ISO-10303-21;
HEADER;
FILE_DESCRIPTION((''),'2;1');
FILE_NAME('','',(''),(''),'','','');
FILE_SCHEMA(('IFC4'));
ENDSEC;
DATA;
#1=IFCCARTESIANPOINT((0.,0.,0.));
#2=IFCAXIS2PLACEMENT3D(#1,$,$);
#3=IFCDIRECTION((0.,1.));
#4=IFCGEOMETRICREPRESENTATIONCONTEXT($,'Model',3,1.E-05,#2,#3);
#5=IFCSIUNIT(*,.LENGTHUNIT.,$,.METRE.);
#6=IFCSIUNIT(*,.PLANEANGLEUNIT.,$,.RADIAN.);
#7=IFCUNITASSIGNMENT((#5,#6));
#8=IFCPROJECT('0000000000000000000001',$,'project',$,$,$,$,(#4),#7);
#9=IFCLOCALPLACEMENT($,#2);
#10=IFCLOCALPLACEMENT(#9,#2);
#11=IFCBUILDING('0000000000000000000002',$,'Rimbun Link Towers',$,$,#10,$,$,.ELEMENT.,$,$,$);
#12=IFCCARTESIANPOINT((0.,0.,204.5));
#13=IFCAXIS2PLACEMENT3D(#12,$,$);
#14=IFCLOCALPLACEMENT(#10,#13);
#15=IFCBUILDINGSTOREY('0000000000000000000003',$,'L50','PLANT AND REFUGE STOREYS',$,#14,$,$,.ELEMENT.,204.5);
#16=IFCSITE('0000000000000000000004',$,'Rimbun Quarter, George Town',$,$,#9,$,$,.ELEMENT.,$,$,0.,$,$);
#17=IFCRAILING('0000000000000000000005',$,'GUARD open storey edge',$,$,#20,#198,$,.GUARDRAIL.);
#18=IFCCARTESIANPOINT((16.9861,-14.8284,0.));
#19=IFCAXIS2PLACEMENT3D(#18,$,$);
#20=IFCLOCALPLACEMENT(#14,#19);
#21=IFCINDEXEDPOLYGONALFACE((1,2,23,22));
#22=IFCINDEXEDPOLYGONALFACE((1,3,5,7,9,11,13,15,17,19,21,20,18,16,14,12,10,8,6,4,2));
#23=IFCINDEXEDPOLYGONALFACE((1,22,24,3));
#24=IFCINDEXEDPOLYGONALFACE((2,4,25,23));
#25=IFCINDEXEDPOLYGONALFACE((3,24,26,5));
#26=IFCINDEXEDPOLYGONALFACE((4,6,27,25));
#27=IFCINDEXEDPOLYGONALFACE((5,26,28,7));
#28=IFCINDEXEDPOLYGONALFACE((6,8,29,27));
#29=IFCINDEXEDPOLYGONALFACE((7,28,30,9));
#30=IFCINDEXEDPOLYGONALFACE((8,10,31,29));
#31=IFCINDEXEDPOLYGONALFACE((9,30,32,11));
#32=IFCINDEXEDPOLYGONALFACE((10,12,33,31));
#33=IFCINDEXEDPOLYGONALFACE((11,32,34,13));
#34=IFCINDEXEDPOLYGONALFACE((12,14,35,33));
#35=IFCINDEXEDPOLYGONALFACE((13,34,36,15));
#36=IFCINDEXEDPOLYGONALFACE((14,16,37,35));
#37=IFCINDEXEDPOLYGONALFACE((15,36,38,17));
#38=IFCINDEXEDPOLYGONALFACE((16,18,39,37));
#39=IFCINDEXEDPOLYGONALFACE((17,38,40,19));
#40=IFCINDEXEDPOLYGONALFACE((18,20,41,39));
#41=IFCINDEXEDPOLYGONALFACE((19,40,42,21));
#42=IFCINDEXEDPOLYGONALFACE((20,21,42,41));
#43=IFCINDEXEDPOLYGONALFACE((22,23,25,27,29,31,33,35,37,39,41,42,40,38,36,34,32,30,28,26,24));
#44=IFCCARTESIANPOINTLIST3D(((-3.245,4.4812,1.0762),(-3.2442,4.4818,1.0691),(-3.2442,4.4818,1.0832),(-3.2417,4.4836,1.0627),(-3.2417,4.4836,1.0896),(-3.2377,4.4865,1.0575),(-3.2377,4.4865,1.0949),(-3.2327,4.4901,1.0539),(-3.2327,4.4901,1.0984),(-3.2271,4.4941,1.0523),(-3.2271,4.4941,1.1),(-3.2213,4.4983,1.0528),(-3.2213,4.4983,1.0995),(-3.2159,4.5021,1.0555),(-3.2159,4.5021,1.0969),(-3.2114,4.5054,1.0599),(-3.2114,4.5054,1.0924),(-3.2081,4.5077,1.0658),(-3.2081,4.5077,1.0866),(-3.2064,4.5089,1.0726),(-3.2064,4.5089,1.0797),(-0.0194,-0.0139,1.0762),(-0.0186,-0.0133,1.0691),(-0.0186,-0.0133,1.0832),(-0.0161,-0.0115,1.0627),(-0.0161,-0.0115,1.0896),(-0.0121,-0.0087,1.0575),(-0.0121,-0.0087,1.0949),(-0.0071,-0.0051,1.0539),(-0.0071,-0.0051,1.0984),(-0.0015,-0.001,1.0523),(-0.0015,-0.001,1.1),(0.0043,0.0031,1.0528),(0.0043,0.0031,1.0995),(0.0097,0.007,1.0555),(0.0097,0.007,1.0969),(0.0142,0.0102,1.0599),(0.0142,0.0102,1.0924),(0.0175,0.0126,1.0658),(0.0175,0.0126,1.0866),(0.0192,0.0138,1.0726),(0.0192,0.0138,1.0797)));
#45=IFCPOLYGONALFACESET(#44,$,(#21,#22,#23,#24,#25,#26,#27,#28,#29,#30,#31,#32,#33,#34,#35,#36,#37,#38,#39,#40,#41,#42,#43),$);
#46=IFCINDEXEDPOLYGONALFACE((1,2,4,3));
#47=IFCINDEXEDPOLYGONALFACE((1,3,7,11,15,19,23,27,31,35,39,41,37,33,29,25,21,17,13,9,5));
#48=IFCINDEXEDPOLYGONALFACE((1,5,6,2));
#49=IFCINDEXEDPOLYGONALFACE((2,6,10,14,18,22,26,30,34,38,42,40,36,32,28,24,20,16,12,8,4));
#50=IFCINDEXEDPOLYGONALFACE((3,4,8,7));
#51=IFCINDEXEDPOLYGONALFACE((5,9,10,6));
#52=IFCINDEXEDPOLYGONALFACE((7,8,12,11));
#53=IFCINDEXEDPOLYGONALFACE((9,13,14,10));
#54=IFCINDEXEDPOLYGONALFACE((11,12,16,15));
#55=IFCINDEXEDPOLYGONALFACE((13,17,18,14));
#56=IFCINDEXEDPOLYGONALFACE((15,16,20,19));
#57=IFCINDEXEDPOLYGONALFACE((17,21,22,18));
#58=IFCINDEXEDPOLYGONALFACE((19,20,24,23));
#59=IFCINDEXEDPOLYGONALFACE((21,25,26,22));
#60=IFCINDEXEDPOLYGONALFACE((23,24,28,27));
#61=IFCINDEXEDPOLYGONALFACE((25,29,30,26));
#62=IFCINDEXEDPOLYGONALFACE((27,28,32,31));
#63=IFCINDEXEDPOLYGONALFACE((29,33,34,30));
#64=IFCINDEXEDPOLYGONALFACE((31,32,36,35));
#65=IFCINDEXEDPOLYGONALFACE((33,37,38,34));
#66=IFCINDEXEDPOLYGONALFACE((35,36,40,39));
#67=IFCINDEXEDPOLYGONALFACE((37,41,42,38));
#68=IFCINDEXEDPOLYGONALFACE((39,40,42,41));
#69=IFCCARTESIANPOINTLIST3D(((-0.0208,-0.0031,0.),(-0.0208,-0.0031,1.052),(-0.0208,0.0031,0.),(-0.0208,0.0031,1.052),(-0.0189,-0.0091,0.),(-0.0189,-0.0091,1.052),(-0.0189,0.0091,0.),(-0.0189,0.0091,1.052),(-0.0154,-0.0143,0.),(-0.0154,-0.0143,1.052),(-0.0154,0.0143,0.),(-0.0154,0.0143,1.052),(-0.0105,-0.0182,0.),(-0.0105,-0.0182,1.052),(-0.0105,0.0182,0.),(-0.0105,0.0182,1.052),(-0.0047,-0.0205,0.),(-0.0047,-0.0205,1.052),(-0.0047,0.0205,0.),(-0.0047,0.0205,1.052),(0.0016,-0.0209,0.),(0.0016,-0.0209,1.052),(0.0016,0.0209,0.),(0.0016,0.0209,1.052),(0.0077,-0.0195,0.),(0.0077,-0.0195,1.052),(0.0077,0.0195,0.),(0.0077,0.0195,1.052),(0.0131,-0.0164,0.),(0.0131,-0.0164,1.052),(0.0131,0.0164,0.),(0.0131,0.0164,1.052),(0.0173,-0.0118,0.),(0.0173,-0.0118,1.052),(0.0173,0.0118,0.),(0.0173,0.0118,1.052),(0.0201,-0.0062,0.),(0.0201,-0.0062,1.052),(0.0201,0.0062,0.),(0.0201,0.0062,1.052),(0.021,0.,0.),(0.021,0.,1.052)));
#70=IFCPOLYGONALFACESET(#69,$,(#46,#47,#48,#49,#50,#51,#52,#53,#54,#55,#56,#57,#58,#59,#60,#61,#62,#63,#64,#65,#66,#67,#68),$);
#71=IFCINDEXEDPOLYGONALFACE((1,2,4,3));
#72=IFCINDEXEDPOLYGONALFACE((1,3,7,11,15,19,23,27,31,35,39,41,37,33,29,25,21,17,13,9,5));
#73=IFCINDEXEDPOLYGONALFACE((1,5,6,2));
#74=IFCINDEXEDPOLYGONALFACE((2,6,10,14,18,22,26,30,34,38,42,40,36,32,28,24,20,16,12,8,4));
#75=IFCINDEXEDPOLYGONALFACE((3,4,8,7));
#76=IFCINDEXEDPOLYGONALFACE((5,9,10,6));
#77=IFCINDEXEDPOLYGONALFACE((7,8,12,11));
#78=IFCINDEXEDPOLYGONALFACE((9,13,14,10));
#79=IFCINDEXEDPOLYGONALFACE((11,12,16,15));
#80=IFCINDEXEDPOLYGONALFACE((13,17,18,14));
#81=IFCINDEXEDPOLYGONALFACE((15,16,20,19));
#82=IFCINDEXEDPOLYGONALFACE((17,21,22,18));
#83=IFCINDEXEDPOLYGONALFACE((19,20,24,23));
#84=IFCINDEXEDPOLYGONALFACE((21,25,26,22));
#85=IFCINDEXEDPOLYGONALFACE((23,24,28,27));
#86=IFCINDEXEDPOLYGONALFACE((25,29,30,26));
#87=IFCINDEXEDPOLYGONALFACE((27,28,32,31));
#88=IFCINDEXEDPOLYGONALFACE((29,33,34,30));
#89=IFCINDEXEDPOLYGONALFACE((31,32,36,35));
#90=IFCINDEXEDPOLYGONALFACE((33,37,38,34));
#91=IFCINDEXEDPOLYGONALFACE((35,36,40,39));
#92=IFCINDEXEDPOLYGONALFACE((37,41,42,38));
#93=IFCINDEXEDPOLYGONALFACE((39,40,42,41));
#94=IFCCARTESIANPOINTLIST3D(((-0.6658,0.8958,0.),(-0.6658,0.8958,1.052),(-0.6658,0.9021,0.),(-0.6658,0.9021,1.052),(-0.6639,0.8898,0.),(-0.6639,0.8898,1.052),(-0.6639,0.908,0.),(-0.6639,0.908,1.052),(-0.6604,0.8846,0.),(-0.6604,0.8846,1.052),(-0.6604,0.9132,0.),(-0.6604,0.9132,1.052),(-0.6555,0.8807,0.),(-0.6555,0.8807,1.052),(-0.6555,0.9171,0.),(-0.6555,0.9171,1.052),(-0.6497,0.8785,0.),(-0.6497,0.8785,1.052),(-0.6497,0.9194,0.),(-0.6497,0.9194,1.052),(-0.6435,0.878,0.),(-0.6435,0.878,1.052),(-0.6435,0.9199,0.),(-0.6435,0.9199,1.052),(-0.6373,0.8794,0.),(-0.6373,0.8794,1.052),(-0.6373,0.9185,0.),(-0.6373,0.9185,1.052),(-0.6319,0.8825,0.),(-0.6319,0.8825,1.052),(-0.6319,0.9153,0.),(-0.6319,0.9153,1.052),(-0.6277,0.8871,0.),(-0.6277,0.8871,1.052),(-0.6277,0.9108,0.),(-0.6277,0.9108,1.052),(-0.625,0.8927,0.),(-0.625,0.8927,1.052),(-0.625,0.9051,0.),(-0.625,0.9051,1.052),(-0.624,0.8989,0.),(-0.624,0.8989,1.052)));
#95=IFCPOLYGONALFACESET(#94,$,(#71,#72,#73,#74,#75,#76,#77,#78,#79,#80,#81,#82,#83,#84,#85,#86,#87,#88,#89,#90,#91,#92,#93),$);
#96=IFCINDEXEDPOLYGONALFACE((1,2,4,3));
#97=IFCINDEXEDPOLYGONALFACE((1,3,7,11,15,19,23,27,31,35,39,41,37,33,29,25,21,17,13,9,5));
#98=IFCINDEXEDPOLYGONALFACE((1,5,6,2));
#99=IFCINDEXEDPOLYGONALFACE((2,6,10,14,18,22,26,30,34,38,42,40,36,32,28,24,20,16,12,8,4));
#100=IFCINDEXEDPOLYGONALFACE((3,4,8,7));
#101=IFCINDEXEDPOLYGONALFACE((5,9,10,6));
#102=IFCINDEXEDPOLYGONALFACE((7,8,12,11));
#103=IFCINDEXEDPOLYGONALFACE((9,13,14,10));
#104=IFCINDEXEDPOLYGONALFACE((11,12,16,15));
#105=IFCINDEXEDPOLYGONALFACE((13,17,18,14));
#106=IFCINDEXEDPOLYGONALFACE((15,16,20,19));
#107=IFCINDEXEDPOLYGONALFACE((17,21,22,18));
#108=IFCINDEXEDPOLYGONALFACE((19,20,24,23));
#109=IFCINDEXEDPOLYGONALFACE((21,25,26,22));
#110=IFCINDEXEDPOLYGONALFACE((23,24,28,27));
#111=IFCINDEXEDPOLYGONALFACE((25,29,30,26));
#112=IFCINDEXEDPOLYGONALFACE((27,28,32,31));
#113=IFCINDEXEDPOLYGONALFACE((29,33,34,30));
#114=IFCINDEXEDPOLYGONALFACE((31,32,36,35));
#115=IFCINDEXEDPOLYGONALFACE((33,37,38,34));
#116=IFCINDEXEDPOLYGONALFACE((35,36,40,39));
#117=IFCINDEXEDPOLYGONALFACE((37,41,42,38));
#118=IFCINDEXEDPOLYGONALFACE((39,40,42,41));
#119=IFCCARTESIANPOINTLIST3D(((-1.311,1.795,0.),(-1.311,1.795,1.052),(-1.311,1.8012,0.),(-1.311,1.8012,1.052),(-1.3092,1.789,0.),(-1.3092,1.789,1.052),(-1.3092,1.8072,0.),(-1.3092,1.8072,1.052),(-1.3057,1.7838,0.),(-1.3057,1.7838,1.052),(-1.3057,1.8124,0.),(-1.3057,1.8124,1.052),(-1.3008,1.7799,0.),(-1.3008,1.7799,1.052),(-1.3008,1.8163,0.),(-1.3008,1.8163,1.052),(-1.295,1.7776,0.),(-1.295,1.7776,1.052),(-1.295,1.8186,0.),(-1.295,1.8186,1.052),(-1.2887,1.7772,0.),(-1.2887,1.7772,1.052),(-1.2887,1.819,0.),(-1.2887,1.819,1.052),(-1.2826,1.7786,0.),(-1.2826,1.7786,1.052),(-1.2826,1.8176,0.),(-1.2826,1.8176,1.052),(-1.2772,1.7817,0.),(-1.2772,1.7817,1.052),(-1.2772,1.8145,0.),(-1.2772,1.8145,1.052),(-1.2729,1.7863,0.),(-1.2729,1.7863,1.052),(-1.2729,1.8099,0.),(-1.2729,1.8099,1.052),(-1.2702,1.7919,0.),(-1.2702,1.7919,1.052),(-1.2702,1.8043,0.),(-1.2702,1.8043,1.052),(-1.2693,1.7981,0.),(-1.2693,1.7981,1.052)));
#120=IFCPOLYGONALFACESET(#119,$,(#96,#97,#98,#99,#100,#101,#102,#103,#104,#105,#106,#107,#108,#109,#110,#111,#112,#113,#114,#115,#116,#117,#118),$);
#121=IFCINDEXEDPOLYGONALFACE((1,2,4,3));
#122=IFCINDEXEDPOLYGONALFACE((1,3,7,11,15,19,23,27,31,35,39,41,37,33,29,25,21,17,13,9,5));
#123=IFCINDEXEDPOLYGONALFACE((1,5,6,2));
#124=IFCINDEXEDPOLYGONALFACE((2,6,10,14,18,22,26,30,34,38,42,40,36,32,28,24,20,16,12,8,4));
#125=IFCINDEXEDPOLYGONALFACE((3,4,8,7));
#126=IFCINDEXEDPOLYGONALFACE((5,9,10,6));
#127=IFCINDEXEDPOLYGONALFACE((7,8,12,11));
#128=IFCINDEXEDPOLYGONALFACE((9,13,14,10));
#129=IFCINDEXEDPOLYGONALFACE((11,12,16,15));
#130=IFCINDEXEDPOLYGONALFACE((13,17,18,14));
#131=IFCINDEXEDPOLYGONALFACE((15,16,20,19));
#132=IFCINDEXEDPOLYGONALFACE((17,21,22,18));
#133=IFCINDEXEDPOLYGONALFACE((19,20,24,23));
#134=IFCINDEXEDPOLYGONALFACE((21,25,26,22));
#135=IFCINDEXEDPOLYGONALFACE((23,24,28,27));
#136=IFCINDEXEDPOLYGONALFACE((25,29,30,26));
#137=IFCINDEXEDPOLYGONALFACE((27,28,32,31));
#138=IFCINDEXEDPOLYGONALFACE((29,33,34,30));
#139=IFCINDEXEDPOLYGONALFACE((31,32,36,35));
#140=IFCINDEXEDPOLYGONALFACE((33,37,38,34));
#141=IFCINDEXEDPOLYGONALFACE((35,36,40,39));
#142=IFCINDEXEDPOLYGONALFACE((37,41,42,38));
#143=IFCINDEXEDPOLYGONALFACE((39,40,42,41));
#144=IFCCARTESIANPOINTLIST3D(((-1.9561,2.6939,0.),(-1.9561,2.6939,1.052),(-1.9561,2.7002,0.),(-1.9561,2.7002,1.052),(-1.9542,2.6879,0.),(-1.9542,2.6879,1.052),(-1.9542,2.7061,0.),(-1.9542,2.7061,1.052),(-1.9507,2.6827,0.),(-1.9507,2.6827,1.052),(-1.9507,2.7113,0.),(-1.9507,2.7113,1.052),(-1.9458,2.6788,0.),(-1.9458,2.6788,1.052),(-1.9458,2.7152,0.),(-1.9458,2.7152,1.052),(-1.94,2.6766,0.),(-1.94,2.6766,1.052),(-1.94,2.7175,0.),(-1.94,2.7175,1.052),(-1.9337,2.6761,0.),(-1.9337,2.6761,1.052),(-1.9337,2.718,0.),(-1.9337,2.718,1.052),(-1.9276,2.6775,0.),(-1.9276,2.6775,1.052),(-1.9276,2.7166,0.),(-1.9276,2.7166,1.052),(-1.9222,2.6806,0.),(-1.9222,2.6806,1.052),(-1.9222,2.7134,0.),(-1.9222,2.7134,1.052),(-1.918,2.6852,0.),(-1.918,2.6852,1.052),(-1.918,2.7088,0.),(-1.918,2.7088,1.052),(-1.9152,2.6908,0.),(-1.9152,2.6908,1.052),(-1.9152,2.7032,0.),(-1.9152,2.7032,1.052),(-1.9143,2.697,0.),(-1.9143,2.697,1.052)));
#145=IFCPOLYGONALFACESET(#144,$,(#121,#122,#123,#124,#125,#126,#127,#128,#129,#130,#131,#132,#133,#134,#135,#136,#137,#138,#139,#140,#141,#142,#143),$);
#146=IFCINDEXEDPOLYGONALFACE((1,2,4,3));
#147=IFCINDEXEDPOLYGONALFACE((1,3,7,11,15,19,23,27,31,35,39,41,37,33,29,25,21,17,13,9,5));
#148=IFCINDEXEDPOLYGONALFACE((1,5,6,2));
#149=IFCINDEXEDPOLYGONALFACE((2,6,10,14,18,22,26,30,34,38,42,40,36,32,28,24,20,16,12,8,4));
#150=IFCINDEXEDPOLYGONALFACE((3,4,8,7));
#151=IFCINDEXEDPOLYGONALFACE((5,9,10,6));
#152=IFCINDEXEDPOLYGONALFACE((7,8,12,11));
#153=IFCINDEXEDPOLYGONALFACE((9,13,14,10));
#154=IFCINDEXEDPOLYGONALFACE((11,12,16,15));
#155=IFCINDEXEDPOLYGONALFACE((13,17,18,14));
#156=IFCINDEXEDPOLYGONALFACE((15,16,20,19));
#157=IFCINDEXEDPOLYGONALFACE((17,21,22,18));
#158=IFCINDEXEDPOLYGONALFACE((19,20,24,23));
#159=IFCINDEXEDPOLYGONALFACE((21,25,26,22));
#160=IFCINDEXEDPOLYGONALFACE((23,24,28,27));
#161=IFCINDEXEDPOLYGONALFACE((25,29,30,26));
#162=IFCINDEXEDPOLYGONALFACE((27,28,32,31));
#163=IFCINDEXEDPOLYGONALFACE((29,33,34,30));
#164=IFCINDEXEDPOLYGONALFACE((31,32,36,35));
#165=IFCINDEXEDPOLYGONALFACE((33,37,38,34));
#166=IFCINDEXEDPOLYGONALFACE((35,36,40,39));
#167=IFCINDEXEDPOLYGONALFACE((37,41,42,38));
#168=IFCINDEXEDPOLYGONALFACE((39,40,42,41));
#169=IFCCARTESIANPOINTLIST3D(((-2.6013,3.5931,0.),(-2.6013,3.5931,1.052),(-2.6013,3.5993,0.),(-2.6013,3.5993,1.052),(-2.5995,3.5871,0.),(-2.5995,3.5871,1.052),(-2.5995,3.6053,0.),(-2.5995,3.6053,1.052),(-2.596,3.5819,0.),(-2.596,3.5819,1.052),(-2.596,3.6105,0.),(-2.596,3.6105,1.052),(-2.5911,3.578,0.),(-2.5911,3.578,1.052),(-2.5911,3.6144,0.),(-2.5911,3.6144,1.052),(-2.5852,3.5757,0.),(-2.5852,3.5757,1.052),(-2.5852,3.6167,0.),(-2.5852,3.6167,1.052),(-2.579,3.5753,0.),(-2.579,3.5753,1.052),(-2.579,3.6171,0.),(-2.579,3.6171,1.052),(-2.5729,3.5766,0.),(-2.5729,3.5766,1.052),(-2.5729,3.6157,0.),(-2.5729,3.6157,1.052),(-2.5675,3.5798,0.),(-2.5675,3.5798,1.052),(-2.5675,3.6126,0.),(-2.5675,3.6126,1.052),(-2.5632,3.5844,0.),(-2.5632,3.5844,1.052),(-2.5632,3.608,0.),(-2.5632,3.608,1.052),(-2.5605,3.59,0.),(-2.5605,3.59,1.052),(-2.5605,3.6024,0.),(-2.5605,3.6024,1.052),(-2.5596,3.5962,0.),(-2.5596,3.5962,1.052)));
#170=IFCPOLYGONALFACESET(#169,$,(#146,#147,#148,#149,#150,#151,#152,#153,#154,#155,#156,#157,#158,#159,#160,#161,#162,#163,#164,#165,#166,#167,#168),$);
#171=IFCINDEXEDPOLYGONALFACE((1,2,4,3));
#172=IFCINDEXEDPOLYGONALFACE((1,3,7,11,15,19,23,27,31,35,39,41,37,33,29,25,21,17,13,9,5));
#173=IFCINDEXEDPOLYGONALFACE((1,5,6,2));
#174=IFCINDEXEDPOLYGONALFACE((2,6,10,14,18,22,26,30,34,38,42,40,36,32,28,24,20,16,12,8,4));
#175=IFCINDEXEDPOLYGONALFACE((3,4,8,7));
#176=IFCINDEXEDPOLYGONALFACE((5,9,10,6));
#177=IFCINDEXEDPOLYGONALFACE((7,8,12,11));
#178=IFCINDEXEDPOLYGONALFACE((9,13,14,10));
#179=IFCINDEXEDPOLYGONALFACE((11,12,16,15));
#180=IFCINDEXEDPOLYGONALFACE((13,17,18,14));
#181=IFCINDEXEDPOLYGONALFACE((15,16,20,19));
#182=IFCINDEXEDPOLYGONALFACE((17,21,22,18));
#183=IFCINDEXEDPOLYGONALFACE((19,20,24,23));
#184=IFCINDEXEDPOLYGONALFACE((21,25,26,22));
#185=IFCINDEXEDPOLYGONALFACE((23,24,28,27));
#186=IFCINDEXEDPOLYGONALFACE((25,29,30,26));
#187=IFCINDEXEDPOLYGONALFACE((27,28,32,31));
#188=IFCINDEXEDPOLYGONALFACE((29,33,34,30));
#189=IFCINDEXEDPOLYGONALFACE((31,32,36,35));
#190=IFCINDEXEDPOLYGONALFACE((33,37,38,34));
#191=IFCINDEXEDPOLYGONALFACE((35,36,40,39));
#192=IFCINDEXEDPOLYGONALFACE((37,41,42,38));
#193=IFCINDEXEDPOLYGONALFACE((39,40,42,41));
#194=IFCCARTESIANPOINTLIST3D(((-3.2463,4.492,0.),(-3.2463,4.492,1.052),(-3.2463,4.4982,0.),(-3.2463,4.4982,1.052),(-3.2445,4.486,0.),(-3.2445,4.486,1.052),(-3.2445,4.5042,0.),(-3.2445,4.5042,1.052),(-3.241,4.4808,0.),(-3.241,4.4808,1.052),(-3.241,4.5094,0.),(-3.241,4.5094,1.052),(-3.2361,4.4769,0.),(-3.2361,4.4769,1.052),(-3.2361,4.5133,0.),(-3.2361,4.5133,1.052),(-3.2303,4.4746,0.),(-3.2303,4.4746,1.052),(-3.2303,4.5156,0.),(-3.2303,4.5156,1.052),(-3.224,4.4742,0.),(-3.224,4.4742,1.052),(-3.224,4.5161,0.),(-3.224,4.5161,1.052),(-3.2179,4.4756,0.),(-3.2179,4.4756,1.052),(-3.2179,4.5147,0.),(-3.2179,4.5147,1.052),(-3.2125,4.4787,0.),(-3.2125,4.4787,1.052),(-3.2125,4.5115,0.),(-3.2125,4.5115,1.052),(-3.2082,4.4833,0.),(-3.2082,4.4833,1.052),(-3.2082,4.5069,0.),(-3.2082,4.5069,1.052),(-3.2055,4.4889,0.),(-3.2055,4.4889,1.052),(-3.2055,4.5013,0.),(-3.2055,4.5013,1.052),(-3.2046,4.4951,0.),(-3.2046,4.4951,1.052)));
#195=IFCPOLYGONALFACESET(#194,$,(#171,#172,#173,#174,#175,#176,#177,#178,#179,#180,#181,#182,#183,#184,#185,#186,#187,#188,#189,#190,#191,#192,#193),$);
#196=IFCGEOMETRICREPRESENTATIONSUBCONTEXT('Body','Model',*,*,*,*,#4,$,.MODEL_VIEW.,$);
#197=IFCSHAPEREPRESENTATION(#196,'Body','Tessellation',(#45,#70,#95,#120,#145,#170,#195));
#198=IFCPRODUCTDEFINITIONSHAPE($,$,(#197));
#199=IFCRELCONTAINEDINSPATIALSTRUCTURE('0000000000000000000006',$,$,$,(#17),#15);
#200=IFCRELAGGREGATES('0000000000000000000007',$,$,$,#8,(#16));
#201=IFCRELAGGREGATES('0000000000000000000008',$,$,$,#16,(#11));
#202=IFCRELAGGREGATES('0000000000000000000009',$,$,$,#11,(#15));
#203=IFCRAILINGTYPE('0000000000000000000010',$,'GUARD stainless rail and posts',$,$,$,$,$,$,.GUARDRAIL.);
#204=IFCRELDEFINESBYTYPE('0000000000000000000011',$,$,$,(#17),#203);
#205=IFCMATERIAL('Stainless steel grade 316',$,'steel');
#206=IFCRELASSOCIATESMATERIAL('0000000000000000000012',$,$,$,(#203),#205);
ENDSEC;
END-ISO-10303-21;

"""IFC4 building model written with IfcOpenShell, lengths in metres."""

from ifc_helpers import new_model, si_unit, direction, frame, origin, origin_2d, place, context, subcontext, project, spatial, circle, extrude, material, type_object, element, save


model = new_model("IFC4")

# Units and contexts
model_context = context("Model", 3, precision=1e-05, world=origin(), true_north=direction((0.0, 1.0)))
body_context = subcontext(model_context, "Body", "Model", "MODEL_VIEW")
ifc_project = project(units=[si_unit("LENGTHUNIT", "METRE"), si_unit("PLANEANGLEUNIT", "RADIAN")], contexts=[model_context])

# Site, building, storey
site_placement = place(None, origin())
site = spatial("IfcSite", under=ifc_project, at=site_placement, Name="Rimbun Quarter, George Town", CompositionType="ELEMENT", RefElevation=0.0)
building_placement = place(site_placement, origin())
building = spatial("IfcBuilding", under=site, at=building_placement, Name="Rimbun Link Towers", CompositionType="ELEMENT")
storey_placement = place(building_placement, frame((0.0, 0.0, 204.5)))
storey = spatial("IfcBuildingStorey", under=building, at=storey_placement, Name="L50", Description="PLANT AND REFUGE STOREYS", CompositionType="ELEMENT", Elevation=204.5)

# Railing
ifc_material_1 = material(Name="Stainless steel grade 316", Category="steel")
railing_type = type_object("IfcRailingType", Name="GUARD stainless rail and posts", PredefinedType="GUARDRAIL", material=ifc_material_1)
railing_1_placement = place(storey_placement, frame((16.9861, -14.8284, 0.0)))
element("IfcRailing", 1, at=railing_1_placement, inside=storey, type_object=railing_type, Name="GUARD open storey edge", PredefinedType="GUARDRAIL", context=body_context, shape_type="SweptSolid", body=[
    extrude(circle(Radius=0.0239, at=origin_2d()), frame((0.0, 0.0, 1.0762), z_axis=(-0.583007, 0.812467, 0.0), x_axis=(-0.812467, -0.583007, 0.0)), (0.0, 0.0, 1.0), 5.5327),
    extrude(circle(Radius=0.021, at=origin_2d()), origin(), (0.0, 0.0, 1.0), 1.052),
    extrude(circle(Radius=0.021, at=origin_2d()), frame((-0.645, 0.8989, 0.0)), (0.0, 0.0, 1.0), 1.052),
    extrude(circle(Radius=0.021, at=origin_2d()), frame((-1.2903, 1.7981, 0.0)), (0.0, 0.0, 1.0), 1.052),
    extrude(circle(Radius=0.021, at=origin_2d()), frame((-1.9353, 2.697, 0.0)), (0.0, 0.0, 1.0), 1.052),
    extrude(circle(Radius=0.021, at=origin_2d()), frame((-2.5806, 3.5962, 0.0)), (0.0, 0.0, 1.0), 1.052),
    extrude(circle(Radius=0.021, at=origin_2d()), frame((-3.2256, 4.4951, 0.0)), (0.0, 0.0, 1.0), 1.052),
])

save(model, "model.ifc")
